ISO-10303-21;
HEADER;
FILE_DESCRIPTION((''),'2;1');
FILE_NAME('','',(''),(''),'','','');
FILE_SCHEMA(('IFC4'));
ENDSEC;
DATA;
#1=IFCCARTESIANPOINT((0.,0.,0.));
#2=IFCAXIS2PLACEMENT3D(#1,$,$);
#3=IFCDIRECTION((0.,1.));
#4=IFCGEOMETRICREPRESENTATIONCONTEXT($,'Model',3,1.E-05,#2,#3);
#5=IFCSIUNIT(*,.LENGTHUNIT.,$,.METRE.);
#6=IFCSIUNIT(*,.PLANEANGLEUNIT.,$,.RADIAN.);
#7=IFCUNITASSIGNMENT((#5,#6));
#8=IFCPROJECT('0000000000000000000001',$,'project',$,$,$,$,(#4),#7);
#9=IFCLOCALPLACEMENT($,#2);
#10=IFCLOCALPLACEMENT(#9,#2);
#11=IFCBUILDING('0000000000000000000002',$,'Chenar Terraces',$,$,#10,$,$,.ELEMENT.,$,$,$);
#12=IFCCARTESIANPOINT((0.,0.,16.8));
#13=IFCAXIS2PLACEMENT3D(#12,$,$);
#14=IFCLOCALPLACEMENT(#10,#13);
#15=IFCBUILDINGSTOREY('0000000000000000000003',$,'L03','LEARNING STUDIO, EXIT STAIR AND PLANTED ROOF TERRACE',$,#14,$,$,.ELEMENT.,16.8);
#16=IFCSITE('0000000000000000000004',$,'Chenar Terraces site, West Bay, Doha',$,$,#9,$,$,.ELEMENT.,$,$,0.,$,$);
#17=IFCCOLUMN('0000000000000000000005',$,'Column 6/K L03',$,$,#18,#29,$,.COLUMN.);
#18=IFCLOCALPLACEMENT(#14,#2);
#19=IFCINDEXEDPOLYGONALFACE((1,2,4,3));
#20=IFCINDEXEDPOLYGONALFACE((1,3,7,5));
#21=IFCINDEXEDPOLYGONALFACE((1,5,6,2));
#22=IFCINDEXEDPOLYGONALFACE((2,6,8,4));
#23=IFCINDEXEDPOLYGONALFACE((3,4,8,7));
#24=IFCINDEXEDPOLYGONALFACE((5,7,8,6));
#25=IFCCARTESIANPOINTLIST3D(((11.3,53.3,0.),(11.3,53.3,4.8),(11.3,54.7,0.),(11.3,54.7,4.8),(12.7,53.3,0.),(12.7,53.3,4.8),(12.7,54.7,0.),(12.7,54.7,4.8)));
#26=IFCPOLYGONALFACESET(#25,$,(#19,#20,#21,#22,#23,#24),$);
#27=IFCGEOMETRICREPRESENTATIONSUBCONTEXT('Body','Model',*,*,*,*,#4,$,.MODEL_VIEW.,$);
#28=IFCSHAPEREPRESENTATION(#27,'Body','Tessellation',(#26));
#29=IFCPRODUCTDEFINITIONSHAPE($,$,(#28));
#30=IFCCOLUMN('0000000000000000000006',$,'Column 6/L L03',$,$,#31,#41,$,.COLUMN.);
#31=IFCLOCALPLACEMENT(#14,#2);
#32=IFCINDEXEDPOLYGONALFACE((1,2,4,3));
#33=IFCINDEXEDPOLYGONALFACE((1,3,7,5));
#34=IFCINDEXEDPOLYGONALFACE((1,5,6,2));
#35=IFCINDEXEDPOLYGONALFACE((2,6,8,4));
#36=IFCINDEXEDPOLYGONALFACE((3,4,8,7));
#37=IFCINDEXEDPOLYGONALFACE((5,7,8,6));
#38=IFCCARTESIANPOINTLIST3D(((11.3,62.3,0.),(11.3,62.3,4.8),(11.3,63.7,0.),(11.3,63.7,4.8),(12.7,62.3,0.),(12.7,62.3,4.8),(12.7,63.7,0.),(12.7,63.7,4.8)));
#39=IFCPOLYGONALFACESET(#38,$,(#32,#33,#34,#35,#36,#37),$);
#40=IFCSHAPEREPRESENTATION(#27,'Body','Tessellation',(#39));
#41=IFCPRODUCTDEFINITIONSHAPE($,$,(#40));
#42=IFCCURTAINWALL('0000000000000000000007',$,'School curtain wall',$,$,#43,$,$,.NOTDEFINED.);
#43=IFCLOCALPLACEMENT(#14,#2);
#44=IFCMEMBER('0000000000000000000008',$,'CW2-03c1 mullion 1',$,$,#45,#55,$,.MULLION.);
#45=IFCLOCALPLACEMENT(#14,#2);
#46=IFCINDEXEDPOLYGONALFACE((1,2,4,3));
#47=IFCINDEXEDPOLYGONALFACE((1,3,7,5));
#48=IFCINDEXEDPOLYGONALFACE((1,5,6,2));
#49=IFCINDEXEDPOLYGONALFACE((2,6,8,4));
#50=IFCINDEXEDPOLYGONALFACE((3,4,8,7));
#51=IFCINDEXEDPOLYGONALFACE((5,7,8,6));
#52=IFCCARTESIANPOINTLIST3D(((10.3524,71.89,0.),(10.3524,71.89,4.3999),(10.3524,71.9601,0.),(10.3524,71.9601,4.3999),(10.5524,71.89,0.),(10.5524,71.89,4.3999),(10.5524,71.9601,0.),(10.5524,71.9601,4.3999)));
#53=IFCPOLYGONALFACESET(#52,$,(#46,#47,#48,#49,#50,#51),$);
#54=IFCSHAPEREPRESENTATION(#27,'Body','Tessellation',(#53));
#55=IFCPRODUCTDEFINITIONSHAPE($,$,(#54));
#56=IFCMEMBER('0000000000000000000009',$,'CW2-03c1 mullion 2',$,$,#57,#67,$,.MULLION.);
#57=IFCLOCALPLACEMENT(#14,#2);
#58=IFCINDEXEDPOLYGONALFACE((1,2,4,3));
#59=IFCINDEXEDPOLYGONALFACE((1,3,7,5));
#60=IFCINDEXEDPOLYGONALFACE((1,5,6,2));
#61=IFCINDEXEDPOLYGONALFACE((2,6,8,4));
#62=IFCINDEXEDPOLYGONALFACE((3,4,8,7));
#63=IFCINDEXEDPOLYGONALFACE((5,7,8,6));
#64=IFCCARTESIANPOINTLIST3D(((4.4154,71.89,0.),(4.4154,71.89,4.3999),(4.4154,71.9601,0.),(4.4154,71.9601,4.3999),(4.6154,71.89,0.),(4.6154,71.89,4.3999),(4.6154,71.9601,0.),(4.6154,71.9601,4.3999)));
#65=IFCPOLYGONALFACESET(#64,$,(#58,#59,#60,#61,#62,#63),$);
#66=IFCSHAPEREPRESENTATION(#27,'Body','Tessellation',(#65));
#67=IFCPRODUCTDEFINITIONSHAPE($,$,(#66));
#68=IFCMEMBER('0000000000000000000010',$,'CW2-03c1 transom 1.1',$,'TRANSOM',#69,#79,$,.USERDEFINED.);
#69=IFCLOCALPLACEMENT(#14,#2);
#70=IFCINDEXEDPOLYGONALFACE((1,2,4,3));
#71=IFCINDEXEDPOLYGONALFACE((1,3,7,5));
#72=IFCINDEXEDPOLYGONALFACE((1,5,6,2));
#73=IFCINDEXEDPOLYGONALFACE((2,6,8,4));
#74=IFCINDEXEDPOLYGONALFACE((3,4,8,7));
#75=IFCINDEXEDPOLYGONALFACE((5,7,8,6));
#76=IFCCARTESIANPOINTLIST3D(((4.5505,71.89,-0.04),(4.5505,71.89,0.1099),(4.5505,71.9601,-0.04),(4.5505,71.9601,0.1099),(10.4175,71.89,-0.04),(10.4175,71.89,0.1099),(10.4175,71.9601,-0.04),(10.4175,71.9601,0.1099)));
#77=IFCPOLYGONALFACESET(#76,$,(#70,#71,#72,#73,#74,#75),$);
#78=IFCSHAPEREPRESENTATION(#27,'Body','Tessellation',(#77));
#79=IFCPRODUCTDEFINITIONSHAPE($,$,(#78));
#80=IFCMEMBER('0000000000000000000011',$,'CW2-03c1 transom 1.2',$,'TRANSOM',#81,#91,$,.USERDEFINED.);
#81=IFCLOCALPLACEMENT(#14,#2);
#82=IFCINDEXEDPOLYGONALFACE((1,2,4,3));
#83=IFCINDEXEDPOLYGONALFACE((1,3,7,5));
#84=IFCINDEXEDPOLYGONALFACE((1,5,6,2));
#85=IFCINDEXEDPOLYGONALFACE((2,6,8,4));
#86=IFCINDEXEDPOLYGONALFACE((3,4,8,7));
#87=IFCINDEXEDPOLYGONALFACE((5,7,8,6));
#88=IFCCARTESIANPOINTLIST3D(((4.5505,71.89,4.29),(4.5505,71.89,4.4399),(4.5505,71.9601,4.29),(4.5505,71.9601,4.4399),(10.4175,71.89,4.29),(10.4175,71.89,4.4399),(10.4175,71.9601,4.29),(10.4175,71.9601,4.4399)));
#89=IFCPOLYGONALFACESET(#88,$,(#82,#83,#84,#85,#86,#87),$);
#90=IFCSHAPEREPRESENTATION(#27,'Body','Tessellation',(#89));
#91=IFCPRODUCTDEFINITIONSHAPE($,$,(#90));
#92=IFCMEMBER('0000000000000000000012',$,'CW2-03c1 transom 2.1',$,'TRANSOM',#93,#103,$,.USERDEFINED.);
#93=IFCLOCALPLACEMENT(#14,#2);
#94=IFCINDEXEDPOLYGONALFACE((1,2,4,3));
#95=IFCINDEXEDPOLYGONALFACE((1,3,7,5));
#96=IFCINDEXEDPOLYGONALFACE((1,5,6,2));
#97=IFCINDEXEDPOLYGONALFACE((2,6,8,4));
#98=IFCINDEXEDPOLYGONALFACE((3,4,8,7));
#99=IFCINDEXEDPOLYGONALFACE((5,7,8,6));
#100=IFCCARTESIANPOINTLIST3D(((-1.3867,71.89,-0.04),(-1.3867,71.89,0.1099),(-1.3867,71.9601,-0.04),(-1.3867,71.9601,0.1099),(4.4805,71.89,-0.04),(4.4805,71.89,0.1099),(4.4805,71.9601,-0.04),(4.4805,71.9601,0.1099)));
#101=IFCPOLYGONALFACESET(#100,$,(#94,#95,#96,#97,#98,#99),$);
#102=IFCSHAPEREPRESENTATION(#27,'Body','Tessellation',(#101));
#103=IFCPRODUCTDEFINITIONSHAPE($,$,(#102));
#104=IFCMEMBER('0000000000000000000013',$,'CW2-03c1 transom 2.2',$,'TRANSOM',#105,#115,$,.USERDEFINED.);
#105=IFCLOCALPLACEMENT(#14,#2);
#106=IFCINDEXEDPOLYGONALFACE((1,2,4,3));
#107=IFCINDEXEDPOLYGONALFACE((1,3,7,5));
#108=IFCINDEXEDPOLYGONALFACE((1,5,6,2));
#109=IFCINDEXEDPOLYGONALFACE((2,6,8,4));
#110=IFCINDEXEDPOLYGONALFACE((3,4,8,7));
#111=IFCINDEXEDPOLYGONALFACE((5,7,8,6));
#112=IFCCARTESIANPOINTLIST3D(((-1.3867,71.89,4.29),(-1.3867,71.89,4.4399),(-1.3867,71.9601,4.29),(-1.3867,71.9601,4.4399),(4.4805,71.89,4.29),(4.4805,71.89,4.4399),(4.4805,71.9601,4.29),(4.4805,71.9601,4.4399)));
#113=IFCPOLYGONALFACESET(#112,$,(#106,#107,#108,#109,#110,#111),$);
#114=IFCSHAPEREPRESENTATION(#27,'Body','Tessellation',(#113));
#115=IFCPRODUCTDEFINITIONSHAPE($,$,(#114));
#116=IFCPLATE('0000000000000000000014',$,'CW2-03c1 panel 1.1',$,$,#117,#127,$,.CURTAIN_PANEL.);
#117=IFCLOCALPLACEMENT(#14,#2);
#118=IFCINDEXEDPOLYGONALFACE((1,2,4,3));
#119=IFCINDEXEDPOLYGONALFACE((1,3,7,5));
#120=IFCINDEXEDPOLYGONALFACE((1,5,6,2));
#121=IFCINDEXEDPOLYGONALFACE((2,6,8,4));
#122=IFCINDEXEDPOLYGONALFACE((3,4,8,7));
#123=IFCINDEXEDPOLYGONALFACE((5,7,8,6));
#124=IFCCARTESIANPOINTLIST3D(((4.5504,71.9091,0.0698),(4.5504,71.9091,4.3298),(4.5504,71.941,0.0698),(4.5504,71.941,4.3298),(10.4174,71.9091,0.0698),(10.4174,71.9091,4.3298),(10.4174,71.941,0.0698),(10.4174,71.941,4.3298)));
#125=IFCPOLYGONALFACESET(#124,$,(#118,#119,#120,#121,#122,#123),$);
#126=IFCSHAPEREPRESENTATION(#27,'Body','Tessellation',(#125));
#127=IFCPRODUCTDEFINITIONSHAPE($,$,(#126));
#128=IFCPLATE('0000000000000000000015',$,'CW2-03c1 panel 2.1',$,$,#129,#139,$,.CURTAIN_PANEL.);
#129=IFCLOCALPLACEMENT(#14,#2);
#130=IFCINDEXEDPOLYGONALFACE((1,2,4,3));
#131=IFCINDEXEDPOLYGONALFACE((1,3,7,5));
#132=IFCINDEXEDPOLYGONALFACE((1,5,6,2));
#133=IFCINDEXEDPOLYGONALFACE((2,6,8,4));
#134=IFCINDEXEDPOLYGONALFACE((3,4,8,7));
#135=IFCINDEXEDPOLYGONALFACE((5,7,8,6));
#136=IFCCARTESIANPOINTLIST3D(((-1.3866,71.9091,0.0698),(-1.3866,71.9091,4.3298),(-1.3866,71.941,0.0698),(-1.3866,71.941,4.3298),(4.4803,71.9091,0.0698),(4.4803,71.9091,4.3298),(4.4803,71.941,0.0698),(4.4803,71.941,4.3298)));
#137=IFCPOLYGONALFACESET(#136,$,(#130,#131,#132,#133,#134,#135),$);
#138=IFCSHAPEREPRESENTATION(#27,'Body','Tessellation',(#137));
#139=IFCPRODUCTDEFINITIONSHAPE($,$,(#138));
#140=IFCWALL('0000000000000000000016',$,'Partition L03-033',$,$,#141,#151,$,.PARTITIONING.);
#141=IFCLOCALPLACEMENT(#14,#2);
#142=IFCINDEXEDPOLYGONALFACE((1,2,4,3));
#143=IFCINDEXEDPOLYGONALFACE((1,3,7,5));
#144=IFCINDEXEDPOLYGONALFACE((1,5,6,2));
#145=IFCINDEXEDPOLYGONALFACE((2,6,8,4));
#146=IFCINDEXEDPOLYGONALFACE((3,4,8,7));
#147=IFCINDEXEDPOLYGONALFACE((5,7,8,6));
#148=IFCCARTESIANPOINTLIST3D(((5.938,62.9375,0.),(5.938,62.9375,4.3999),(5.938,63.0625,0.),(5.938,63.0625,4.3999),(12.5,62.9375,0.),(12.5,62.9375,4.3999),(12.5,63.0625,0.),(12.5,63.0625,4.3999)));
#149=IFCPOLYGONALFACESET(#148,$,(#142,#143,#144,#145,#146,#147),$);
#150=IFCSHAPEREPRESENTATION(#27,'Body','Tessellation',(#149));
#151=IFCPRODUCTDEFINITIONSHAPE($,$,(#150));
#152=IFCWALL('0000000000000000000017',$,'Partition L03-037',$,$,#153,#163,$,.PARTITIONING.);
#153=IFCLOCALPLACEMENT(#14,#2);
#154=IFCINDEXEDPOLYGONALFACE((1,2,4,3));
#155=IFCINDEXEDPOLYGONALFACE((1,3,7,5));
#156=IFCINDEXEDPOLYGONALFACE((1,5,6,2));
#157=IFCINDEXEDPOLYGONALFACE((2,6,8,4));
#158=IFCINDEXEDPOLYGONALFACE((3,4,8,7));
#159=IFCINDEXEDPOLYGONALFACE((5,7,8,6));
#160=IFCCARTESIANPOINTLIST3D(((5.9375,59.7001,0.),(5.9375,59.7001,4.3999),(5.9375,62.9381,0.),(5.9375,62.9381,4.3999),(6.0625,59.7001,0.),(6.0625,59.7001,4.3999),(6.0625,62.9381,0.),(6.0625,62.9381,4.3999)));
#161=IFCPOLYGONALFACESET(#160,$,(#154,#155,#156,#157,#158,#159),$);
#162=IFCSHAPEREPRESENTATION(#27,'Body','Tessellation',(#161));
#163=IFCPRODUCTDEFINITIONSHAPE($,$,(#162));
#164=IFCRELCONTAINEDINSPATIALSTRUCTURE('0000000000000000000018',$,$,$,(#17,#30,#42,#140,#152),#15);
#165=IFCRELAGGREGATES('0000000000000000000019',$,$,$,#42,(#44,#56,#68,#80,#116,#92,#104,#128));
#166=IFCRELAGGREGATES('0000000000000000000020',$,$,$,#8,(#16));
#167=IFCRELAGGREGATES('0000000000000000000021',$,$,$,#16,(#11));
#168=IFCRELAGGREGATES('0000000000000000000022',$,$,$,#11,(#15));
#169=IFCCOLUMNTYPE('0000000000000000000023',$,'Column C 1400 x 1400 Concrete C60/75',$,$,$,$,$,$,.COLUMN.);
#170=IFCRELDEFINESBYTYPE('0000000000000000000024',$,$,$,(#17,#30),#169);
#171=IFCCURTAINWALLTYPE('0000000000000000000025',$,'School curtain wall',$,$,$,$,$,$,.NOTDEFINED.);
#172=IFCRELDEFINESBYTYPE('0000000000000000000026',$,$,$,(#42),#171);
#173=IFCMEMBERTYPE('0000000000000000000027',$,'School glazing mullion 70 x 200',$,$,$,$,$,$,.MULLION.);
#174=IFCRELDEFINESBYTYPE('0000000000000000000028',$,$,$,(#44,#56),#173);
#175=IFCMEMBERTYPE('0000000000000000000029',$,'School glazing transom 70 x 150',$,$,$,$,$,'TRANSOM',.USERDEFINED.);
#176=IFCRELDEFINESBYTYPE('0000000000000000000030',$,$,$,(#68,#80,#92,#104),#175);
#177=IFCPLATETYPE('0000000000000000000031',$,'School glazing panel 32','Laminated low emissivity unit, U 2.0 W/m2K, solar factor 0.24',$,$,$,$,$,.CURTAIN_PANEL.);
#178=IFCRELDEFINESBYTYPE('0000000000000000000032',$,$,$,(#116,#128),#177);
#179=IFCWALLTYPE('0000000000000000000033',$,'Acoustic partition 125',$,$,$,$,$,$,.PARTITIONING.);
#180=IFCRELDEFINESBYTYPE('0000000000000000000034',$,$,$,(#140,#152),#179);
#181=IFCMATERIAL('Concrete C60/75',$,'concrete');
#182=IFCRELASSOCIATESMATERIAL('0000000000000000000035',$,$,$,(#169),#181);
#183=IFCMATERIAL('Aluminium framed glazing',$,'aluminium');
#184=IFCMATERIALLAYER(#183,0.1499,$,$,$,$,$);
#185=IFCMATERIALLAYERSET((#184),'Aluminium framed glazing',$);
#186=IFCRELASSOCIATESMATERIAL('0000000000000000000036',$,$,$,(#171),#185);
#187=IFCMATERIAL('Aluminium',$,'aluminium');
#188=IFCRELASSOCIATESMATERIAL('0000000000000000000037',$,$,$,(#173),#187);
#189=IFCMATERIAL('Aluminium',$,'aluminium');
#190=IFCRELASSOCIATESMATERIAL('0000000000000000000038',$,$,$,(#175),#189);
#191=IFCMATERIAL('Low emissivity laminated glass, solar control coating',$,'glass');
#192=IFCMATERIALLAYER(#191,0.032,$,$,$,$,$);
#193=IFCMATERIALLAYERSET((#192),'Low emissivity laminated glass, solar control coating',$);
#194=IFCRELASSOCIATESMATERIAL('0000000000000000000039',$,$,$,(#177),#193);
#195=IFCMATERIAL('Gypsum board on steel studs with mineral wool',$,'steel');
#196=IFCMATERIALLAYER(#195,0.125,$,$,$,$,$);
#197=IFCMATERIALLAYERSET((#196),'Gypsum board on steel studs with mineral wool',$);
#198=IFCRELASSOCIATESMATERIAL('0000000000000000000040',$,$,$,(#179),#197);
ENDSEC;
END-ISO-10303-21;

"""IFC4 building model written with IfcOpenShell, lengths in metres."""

from ifc_helpers import new_model, si_unit, direction, frame, frame_2d, origin, origin_2d, place, context, subcontext, project, spatial, rectangle, extrude, material, layer, layer_set, material_profile, profile_set, type_object, element, aggregate, save


model = new_model("IFC4")

# Units and contexts
model_context = context("Model", 3, precision=1e-05, world=origin(), true_north=direction((0.0, 1.0)))
body_context = subcontext(model_context, "Body", "Model", "MODEL_VIEW")
ifc_project = project(units=[si_unit("LENGTHUNIT", "METRE"), si_unit("PLANEANGLEUNIT", "RADIAN")], contexts=[model_context])

# Site, building, storey
site_placement = place(None, origin())
site = spatial("IfcSite", under=ifc_project, at=site_placement, Name="Chenar Terraces site, West Bay, Doha", CompositionType="ELEMENT", RefElevation=0.0)
building_placement = place(site_placement, origin())
building = spatial("IfcBuilding", under=site, at=building_placement, Name="Chenar Terraces", CompositionType="ELEMENT")
storey_placement = place(building_placement, frame((0.0, 0.0, 16.8)))
storey = spatial("IfcBuildingStorey", under=building, at=storey_placement, Name="L03", Description="LEARNING STUDIO, EXIT STAIR AND PLANTED ROOF TERRACE", CompositionType="ELEMENT", Elevation=16.8)

# Columns
ifc_material_1 = material(Name="Concrete C60/75", Category="concrete")
ifc_material_profile_1 = material_profile(ifc_material_1, rectangle(XDim=1.3999, YDim=1.3999, at=origin_2d()), Name="C 1400 x 1400")
ifc_profile_set_1 = profile_set([ifc_material_profile_1], Name="Concrete C60/75")
column_type = type_object("IfcColumnType", Name="Column C 1400 x 1400 Concrete C60/75", PredefinedType="COLUMN", material=ifc_profile_set_1)
for number, where, z_axis, x_axis, name in (
    (1, (12.0, 54.0, 0.0), (0.0, 0.0, 1.0), (1.0, 0.0, 0.0), "Column 6/K L03"),
    (2, (12.0, 63.0, 0.0), (0.0, 0.0, 1.0), (1.0, 0.0, 0.0), "Column 6/L L03"),
):
    element("IfcColumn", number, at=place(storey_placement, frame(where, z_axis=z_axis, x_axis=x_axis)), inside=storey, type_object=column_type, Name=name, PredefinedType="COLUMN", context=body_context, shape_type="SweptSolid", body=[
        extrude(rectangle(XDim=1.3999, YDim=1.3999, at=origin_2d()), origin(), (0.0, 0.0, 1.0), 4.8),
    ])

# Curtain wall, members, plates
ifc_material_2 = material(Name="Aluminium framed glazing", Category="aluminium")
ifc_layer_1 = layer(ifc_material_2, 0.1499)
ifc_layer_set_1 = layer_set([ifc_layer_1], Name="Aluminium framed glazing")
curtain_wall_type = type_object("IfcCurtainWallType", Name="School curtain wall", PredefinedType="NOTDEFINED", material=ifc_layer_set_1)
placement = place(storey_placement, origin())
curtain_wall = element("IfcCurtainWall", 3, at=placement, inside=storey, type_object=curtain_wall_type, Name="School curtain wall", PredefinedType="NOTDEFINED")
ifc_material_3 = material(Name="Aluminium", Category="aluminium")
ifc_material_profile_2 = material_profile(ifc_material_3, rectangle(XDim=0.0701, YDim=0.2, at=origin_2d()), Name="School glazing mullion 70 x 200")
ifc_profile_set_2 = profile_set([ifc_material_profile_2], Name="Aluminium")
member_type_1 = type_object("IfcMemberType", Name="School glazing mullion 70 x 200", PredefinedType="MULLION", material=ifc_profile_set_2)
member_1_placement = place(storey_placement, frame((10.4524, 71.925, 0.0), z_axis=(0.0, 0.0, 1.0), x_axis=(0.0, -1.0, 0.0)))
member_1 = element("IfcMember", 4, at=member_1_placement, type_object=member_type_1, Name="CW2-03c1 mullion 1", PredefinedType="MULLION", context=body_context, shape_type="SweptSolid", body=[
    extrude(rectangle(XDim=0.0701, YDim=0.2, at=origin_2d()), origin(), (0.0, 0.0, 1.0), 4.3999),
])
member_2_placement = place(storey_placement, frame((4.5154, 71.925, 0.0), z_axis=(0.0, 0.0, 1.0), x_axis=(0.0, -1.0, 0.0)))
member_2 = element("IfcMember", 5, at=member_2_placement, type_object=member_type_1, Name="CW2-03c1 mullion 2", PredefinedType="MULLION", context=body_context, shape_type="SweptSolid", body=[
    extrude(rectangle(XDim=0.0701, YDim=0.2, at=origin_2d()), origin(), (0.0, 0.0, 1.0), 4.3999),
])
ifc_material_4 = material(Name="Aluminium", Category="aluminium")
ifc_material_profile_3 = material_profile(ifc_material_4, rectangle(XDim=0.0701, YDim=0.1499, at=origin_2d()), Name="School glazing transom 70 x 150")
ifc_profile_set_3 = profile_set([ifc_material_profile_3], Name="Aluminium")
member_type_2 = type_object("IfcMemberType", Name="School glazing transom 70 x 150", ElementType="TRANSOM", PredefinedType="USERDEFINED", material=ifc_profile_set_3)
member_3_placement = place(storey_placement, frame((10.4175, 71.925, 0.0349), z_axis=(-1.0, 0.0, 0.0), x_axis=(0.0, -1.0, 0.0)))
member_3 = element("IfcMember", 6, at=member_3_placement, type_object=member_type_2, Name="CW2-03c1 transom 1.1", ObjectType="TRANSOM", PredefinedType="USERDEFINED", context=body_context, shape_type="SweptSolid", body=[
    extrude(rectangle(XDim=0.0701, YDim=0.1499, at=origin_2d()), origin(), (0.0, 0.0, 1.0), 5.8669),
])
member_4_placement = place(storey_placement, frame((10.4175, 71.925, 4.365), z_axis=(-1.0, 0.0, 0.0), x_axis=(0.0, -1.0, 0.0)))
member_4 = element("IfcMember", 7, at=member_4_placement, type_object=member_type_2, Name="CW2-03c1 transom 1.2", ObjectType="TRANSOM", PredefinedType="USERDEFINED", context=body_context, shape_type="SweptSolid", body=[
    extrude(rectangle(XDim=0.0701, YDim=0.1499, at=origin_2d()), origin(), (0.0, 0.0, 1.0), 5.8669),
])
member_5_placement = place(storey_placement, frame((4.4805, 71.925, 0.0349), z_axis=(-1.0, 0.0, 0.0), x_axis=(0.0, -1.0, 0.0)))
member_5 = element("IfcMember", 8, at=member_5_placement, type_object=member_type_2, Name="CW2-03c1 transom 2.1", ObjectType="TRANSOM", PredefinedType="USERDEFINED", context=body_context, shape_type="SweptSolid", body=[
    extrude(rectangle(XDim=0.0701, YDim=0.1499, at=origin_2d()), origin(), (0.0, 0.0, 1.0), 5.8672),
])
member_6_placement = place(storey_placement, frame((4.4805, 71.925, 4.365), z_axis=(-1.0, 0.0, 0.0), x_axis=(0.0, -1.0, 0.0)))
member_6 = element("IfcMember", 9, at=member_6_placement, type_object=member_type_2, Name="CW2-03c1 transom 2.2", ObjectType="TRANSOM", PredefinedType="USERDEFINED", context=body_context, shape_type="SweptSolid", body=[
    extrude(rectangle(XDim=0.0701, YDim=0.1499, at=origin_2d()), origin(), (0.0, 0.0, 1.0), 5.8672),
])
ifc_material_5 = material(Name="Low emissivity laminated glass, solar control coating", Category="glass")
ifc_layer_2 = layer(ifc_material_5, 0.032)
ifc_layer_set_2 = layer_set([ifc_layer_2], Name="Low emissivity laminated glass, solar control coating")
plate_type = type_object("IfcPlateType", Name="School glazing panel 32", Description="Laminated low emissivity unit, U 2.0 W/m2K, solar factor 0.24", PredefinedType="CURTAIN_PANEL", material=ifc_layer_set_2)
plate_1_placement = place(storey_placement, frame((7.4839, 71.925, 0.0698), z_axis=(0.0, 0.0, 1.0), x_axis=(-1.0, 0.0, 0.0)))
plate_1 = element("IfcPlate", 10, at=plate_1_placement, type_object=plate_type, Name="CW2-03c1 panel 1.1", PredefinedType="CURTAIN_PANEL", context=body_context, shape_type="SweptSolid", body=[
    extrude(rectangle(XDim=5.8669, YDim=0.032, at=origin_2d()), origin(), (0.0, 0.0, 1.0), 4.26),
])
plate_2_placement = place(storey_placement, frame((1.5469, 71.925, 0.0698), z_axis=(0.0, 0.0, 1.0), x_axis=(-1.0, 0.0, 0.0)))
plate_2 = element("IfcPlate", 11, at=plate_2_placement, type_object=plate_type, Name="CW2-03c1 panel 2.1", PredefinedType="CURTAIN_PANEL", context=body_context, shape_type="SweptSolid", body=[
    extrude(rectangle(XDim=5.8669, YDim=0.032, at=origin_2d()), origin(), (0.0, 0.0, 1.0), 4.26),
])
aggregate(curtain_wall, [member_1, member_2, member_3, member_4, plate_1, member_5, member_6, plate_2])

# Walls
ifc_material_6 = material(Name="Gypsum board on steel studs with mineral wool", Category="steel")
ifc_layer_3 = layer(ifc_material_6, 0.125)
ifc_layer_set_3 = layer_set([ifc_layer_3], Name="Gypsum board on steel studs with mineral wool")
wall_type = type_object("IfcWallType", Name="Acoustic partition 125", PredefinedType="PARTITIONING", material=ifc_layer_set_3)
wall_1_placement = place(storey_placement, frame((5.938, 63.0, 0.0), z_axis=(0.0, 0.0, 1.0), x_axis=(1.0, 0.0, 0.0)))
element("IfcWall", 12, at=wall_1_placement, inside=storey, type_object=wall_type, Name="Partition L03-033", PredefinedType="PARTITIONING", context=body_context, shape_type="SweptSolid", body=[
    extrude(rectangle(XDim=6.562, YDim=0.125, at=frame_2d((3.281, 0.0))), origin(), (0.0, 0.0, 1.0), 4.3999),
])
wall_2_placement = place(storey_placement, frame((6.0, 59.7, 0.0), z_axis=(0.0, 0.0, 1.0), x_axis=(0.0, 1.0, 0.0)))
element("IfcWall", 13, at=wall_2_placement, inside=storey, type_object=wall_type, Name="Partition L03-037", PredefinedType="PARTITIONING", context=body_context, shape_type="SweptSolid", body=[
    extrude(rectangle(XDim=3.238, YDim=0.125, at=frame_2d((1.6191, 0.0))), origin(), (0.0, 0.0, 1.0), 4.3999),
])

save(model, "model.ifc")
